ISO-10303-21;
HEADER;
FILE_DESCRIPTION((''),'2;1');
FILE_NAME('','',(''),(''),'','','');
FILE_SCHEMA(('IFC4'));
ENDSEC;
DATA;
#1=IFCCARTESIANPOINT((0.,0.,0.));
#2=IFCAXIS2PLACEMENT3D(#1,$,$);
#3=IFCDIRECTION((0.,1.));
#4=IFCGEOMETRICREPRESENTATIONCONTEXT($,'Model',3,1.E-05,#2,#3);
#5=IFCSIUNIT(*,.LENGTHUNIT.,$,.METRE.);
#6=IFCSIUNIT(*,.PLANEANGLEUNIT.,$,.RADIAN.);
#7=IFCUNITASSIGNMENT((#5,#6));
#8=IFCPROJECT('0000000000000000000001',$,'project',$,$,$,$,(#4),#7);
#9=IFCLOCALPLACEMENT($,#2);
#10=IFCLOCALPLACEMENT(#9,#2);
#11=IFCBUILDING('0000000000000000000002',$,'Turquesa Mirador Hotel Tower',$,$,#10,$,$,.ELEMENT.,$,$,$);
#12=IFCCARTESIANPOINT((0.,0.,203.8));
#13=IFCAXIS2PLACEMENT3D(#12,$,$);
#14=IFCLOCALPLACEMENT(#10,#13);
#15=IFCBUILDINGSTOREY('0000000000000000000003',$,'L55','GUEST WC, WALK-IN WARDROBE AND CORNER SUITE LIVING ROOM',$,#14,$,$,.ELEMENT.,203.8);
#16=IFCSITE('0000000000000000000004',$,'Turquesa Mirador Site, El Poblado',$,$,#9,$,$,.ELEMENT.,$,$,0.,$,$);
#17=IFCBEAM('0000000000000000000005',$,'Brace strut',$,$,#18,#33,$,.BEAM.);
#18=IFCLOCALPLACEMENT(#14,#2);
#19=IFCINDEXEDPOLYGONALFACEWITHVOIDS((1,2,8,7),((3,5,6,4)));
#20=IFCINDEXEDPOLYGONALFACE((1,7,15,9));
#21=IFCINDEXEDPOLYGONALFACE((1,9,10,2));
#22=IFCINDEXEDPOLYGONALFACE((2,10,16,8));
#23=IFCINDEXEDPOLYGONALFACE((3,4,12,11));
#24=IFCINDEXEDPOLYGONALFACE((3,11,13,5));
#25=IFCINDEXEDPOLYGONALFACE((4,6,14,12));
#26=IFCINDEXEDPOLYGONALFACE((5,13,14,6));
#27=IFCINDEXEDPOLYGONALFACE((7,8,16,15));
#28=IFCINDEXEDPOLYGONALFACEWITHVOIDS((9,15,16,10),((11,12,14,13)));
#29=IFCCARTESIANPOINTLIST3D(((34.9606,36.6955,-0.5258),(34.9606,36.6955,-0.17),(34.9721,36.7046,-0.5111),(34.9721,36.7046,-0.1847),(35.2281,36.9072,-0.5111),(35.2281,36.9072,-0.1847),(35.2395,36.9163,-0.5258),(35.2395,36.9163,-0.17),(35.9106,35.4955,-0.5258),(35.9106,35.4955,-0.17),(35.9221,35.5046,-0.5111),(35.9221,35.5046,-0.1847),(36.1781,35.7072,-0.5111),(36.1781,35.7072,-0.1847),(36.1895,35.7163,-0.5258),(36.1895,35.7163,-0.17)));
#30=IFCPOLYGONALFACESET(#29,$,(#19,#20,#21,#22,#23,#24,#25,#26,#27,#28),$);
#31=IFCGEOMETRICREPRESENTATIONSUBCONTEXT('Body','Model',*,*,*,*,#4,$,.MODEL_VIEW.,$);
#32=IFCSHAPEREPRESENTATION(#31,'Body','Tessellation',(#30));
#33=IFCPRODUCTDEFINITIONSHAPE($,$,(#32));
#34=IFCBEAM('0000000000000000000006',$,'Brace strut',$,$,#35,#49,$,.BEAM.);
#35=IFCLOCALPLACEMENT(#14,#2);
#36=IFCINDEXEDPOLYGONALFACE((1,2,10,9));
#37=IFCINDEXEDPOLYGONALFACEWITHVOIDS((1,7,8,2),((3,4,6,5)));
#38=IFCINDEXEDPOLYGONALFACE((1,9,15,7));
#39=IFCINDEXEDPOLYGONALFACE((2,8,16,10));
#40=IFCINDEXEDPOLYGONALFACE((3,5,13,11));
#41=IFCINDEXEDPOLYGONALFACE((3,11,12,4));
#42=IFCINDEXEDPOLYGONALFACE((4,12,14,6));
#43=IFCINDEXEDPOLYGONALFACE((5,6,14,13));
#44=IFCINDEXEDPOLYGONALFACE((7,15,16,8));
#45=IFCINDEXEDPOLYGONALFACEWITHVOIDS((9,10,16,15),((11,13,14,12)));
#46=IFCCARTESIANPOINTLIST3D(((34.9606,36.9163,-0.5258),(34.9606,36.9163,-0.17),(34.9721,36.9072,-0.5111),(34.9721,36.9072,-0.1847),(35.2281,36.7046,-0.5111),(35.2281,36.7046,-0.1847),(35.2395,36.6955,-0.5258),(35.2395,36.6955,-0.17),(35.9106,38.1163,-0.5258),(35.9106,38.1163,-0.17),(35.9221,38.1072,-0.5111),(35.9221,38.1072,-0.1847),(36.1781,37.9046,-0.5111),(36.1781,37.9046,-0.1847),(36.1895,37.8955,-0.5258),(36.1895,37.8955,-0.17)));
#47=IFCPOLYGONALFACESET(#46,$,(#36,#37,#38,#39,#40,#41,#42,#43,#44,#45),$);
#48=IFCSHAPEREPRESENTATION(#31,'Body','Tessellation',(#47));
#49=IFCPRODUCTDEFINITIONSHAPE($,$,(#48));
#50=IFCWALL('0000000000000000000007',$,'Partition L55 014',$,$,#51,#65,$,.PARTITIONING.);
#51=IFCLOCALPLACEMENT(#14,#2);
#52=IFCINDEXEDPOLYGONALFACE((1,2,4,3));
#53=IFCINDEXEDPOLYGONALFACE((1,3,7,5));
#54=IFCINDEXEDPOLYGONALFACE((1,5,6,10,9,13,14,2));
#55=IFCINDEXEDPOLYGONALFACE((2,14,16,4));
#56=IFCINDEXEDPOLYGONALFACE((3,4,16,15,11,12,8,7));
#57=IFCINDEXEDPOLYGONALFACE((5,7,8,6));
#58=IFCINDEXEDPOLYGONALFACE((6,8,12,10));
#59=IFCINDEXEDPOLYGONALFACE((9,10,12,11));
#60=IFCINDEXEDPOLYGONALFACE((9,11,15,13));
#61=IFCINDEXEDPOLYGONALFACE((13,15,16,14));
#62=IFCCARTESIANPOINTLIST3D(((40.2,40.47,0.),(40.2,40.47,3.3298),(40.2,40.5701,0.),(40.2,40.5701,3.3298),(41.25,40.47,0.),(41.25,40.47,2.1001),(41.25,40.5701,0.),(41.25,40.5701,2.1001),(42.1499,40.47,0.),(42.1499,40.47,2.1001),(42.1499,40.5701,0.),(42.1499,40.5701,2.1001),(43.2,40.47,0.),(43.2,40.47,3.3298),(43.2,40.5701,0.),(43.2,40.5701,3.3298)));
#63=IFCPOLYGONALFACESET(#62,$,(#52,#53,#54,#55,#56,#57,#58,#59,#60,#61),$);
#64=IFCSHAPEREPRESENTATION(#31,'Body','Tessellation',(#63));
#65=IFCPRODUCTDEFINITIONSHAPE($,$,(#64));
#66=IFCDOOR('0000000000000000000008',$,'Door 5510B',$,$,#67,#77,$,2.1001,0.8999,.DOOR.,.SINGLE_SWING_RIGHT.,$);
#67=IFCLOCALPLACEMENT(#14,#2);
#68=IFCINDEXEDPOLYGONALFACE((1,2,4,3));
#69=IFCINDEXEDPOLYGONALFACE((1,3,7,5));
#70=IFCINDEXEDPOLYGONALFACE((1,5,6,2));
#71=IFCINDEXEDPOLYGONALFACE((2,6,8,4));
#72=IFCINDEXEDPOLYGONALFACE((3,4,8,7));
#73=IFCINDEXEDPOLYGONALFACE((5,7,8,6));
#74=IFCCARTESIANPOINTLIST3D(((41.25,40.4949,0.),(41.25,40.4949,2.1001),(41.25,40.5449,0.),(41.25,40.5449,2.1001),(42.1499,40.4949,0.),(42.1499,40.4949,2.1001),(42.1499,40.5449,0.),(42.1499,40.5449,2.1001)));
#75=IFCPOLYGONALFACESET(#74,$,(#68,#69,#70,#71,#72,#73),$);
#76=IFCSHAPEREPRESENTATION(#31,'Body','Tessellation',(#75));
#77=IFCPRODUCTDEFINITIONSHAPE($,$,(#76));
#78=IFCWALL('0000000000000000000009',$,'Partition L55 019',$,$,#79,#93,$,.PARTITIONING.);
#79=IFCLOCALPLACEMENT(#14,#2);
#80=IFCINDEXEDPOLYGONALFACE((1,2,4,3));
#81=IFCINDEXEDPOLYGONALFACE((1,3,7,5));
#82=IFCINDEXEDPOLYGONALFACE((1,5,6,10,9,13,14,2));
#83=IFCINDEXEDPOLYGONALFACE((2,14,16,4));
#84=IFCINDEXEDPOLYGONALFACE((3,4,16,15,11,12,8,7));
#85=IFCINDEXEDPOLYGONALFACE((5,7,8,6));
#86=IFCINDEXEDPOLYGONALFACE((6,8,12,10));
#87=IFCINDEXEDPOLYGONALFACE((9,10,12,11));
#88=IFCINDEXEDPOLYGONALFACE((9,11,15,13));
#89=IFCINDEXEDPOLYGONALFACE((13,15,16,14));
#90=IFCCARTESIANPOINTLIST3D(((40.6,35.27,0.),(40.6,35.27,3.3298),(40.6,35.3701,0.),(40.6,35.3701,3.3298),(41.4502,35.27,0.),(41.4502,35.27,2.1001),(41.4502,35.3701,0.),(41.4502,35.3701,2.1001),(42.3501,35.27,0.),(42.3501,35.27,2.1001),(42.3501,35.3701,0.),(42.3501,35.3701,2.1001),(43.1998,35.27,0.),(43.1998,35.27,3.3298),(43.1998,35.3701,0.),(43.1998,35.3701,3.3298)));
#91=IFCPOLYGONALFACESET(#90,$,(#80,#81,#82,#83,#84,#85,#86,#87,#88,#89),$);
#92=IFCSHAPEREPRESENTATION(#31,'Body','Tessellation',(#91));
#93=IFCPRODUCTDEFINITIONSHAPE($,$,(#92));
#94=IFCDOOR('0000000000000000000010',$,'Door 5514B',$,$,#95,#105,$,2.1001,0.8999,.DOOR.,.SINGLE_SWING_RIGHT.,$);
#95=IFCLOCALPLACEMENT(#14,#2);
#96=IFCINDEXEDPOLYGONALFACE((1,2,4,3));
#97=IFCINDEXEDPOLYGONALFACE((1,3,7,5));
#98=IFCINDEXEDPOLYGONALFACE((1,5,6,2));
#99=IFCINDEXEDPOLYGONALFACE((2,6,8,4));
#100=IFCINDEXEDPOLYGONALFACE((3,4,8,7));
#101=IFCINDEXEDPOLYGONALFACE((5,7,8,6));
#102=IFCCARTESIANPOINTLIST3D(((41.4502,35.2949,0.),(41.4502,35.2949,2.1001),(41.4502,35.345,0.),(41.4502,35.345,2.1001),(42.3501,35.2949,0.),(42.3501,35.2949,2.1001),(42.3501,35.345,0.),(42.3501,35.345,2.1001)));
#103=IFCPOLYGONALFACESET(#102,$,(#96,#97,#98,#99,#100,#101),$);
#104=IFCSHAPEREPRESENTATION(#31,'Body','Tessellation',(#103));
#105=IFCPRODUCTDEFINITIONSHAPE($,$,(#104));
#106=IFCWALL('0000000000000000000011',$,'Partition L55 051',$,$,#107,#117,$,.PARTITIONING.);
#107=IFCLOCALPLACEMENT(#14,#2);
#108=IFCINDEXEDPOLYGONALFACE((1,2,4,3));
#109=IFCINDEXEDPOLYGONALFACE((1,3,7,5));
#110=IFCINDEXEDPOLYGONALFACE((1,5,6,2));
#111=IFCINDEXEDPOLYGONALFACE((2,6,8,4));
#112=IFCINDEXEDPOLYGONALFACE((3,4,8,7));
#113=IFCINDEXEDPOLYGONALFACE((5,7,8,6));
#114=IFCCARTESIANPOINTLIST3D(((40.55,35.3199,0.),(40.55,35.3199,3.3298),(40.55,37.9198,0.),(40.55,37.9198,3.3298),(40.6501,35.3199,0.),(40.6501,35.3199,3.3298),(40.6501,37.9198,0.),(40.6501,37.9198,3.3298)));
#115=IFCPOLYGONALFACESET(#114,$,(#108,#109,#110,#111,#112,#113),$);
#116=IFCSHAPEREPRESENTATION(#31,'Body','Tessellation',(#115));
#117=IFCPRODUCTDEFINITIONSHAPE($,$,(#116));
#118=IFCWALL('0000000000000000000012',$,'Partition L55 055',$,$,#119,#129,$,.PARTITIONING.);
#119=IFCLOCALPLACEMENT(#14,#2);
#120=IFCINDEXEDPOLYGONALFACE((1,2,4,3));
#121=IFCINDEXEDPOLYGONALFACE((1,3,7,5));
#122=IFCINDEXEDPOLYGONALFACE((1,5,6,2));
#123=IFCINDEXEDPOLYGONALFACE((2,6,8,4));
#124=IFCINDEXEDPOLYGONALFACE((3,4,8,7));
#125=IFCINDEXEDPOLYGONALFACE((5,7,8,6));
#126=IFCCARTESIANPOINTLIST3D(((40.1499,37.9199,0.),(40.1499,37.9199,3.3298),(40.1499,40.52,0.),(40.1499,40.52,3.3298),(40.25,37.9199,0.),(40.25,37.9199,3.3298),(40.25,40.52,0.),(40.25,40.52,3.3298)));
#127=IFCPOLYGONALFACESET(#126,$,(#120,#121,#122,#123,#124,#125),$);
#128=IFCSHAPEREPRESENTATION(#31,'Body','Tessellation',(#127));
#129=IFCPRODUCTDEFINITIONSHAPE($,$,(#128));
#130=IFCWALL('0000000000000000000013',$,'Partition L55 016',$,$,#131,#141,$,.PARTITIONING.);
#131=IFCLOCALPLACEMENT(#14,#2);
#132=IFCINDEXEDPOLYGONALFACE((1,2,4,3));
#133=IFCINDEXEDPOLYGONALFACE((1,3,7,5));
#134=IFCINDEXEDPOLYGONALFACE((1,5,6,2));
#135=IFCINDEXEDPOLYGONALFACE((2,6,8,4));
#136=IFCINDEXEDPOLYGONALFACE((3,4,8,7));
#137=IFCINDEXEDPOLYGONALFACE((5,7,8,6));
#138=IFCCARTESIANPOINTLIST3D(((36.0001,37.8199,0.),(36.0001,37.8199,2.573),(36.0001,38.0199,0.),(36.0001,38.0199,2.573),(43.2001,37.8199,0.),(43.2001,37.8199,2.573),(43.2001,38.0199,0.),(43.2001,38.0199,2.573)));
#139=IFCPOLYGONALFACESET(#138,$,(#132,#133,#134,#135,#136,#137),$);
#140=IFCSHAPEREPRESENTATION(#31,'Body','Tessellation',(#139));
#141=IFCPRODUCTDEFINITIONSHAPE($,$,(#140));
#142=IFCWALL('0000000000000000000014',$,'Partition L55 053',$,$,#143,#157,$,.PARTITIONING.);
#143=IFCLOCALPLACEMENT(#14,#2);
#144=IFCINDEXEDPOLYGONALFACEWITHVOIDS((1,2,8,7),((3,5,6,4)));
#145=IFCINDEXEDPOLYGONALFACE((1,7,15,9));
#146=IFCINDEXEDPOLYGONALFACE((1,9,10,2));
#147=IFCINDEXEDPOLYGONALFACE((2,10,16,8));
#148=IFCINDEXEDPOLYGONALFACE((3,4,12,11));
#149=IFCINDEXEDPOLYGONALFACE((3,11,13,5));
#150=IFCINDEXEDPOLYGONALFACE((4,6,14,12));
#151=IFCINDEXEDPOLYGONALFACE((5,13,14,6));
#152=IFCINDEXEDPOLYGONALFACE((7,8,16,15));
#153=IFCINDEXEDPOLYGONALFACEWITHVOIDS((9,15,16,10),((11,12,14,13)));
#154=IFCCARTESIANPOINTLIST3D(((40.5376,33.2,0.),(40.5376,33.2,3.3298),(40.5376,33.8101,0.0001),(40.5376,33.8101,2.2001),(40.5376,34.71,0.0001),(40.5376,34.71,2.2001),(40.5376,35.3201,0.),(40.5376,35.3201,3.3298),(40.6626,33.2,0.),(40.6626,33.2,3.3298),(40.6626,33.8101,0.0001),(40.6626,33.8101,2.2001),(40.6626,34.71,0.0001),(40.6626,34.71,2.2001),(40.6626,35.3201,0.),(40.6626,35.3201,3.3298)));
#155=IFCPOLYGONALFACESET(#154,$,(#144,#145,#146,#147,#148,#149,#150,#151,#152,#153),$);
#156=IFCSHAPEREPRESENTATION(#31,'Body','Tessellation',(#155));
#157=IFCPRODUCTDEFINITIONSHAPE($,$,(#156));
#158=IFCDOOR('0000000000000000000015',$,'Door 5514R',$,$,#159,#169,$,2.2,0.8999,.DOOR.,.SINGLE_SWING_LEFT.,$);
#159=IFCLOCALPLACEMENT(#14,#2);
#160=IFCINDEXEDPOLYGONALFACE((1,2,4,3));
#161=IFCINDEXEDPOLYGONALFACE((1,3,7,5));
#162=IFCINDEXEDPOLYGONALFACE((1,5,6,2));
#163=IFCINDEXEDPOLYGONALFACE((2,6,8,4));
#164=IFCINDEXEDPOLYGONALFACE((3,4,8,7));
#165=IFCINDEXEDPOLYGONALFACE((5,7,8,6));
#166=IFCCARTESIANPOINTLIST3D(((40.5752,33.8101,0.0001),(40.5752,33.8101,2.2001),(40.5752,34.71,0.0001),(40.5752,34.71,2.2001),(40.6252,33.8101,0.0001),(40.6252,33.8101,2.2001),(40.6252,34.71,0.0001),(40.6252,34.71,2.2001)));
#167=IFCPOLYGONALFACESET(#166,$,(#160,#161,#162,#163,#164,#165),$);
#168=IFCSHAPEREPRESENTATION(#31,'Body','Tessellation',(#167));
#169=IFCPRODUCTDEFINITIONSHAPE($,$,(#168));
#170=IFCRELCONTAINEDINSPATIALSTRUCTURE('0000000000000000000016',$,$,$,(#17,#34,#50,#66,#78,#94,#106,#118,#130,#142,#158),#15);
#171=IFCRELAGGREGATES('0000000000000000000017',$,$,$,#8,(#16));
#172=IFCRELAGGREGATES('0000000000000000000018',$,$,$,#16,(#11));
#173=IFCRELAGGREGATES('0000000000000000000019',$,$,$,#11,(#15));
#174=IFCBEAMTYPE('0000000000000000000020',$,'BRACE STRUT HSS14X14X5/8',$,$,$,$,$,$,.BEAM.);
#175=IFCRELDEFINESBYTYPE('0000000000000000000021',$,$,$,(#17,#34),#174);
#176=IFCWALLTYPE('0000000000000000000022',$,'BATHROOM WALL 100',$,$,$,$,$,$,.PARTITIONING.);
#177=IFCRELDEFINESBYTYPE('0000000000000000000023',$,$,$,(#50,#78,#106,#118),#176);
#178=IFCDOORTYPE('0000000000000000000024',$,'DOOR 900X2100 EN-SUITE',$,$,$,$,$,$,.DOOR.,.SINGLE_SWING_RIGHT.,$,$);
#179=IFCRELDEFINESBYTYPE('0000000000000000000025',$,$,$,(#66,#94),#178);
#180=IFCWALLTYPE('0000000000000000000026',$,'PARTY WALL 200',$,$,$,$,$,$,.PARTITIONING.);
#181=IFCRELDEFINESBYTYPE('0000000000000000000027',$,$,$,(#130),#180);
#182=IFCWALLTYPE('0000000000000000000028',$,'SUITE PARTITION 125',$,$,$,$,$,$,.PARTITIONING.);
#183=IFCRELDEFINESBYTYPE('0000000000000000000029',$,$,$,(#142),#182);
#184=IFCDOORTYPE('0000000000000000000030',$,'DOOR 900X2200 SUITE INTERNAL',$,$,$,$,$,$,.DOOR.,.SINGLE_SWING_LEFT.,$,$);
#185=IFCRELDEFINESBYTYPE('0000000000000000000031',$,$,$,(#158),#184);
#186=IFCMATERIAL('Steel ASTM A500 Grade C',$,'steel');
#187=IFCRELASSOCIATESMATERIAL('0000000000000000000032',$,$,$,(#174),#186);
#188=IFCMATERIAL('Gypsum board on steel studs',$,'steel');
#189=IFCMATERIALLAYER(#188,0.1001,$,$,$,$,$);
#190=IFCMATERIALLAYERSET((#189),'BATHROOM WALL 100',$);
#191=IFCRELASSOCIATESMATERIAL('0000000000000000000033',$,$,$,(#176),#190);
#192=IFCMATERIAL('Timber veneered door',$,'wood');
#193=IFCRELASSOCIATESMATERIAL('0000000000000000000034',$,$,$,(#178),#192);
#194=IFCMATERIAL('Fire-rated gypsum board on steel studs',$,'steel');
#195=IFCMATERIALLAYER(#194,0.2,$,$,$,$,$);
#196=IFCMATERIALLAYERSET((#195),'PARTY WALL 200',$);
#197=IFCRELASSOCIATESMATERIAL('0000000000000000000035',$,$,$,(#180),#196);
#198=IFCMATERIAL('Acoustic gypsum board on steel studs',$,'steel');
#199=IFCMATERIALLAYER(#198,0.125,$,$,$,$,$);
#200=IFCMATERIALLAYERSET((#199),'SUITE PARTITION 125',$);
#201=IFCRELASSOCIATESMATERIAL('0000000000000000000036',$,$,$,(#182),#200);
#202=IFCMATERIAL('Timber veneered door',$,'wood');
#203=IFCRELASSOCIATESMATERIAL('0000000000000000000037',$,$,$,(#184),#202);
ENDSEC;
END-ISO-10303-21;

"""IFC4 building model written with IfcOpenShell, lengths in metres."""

from ifc_helpers import new_model, si_unit, direction, frame, frame_2d, origin, origin_2d, place, context, subcontext, project, spatial, rectangle, hollow_rectangle, extrude, material, layer, layer_set, material_profile, profile_set, type_object, element, fill, save


model = new_model("IFC4")

# Units and contexts
model_context = context("Model", 3, precision=1e-05, world=origin(), true_north=direction((0.0, 1.0)))
body_context = subcontext(model_context, "Body", "Model", "MODEL_VIEW")
ifc_project = project(units=[si_unit("LENGTHUNIT", "METRE"), si_unit("PLANEANGLEUNIT", "RADIAN")], contexts=[model_context])

# Site, building, storey
site_placement = place(None, origin())
site = spatial("IfcSite", under=ifc_project, at=site_placement, Name="Turquesa Mirador Site, El Poblado", CompositionType="ELEMENT", RefElevation=0.0)
building_placement = place(site_placement, origin())
building = spatial("IfcBuilding", under=site, at=building_placement, Name="Turquesa Mirador Hotel Tower", CompositionType="ELEMENT")
storey_placement = place(building_placement, frame((0.0, 0.0, 203.8)))
storey = spatial("IfcBuildingStorey", under=building, at=storey_placement, Name="L55", Description="GUEST WC, WALK-IN WARDROBE AND CORNER SUITE LIVING ROOM", CompositionType="ELEMENT", Elevation=203.8)

# Beams
ifc_material_1 = material(Name="Steel ASTM A500 Grade C", Category="steel")
ifc_material_profile_1 = material_profile(ifc_material_1, hollow_rectangle(XDim=0.3557, YDim=0.3557, WallThickness=0.0146, at=origin_2d()), Name="HSS14X14X5/8")
ifc_profile_set_1 = profile_set([ifc_material_profile_1], Name="Steel ASTM A500 Grade C")
beam_type_1 = type_object("IfcBeamType", Name="BRACE STRUT HSS14X14X5/8", PredefinedType="BEAM", material=ifc_profile_set_1)
for number, where, z_axis, x_axis, name in (
    (1, (35.1001, 36.8059, -0.3479), (0.620699, -0.784049, 0.0), (0.784049, 0.620699, 0.0), "Brace strut"),
    (2, (35.1001, 36.8059, -0.3479), (0.620699, 0.784049, 0.0), (-0.784049, 0.620699, 0.0), "Brace strut"),
):
    element("IfcBeam", number, at=place(storey_placement, frame(where, z_axis=z_axis, x_axis=x_axis)), inside=storey, type_object=beam_type_1, Name=name, PredefinedType="BEAM", context=body_context, shape_type="SweptSolid", body=[
        extrude(hollow_rectangle(XDim=0.3557, YDim=0.3557, WallThickness=0.0146, at=origin_2d()), origin(), (0.0, 0.0, 1.0), 1.5305),
    ])

# Walls, openings, doors
ifc_material_2 = material(Name="Gypsum board on steel studs", Category="steel")
ifc_layer_1 = layer(ifc_material_2, 0.1001)
ifc_layer_set_1 = layer_set([ifc_layer_1], Name="BATHROOM WALL 100")
wall_type_1 = type_object("IfcWallType", Name="BATHROOM WALL 100", PredefinedType="PARTITIONING", material=ifc_layer_set_1)
wall_1_placement = place(storey_placement, frame((40.2, 40.52, 0.0), z_axis=(0.0, 0.0, 1.0), x_axis=(1.0, 0.0, 0.0)))
wall_1 = element("IfcWall", 3, at=wall_1_placement, inside=storey, type_object=wall_type_1, Name="Partition L55 014", PredefinedType="PARTITIONING", context=body_context, shape_type="SweptSolid", body=[
    extrude(rectangle(XDim=3.0, YDim=0.1001, at=frame_2d((1.5, 0.0))), origin(), (0.0, 0.0, 1.0), 3.3298),
])
opening_1_placement = place(wall_1_placement, frame((1.05, 0.0, 0.0)))
opening_1 = element("IfcOpeningElement", 4, at=opening_1_placement, cuts=wall_1, PredefinedType="OPENING", context=body_context, shape_type="SweptSolid", body=[
    extrude(rectangle(XDim=0.8999, YDim=2.1001, at=frame_2d((0.45, 1.05))), frame((0.0, 0.0601, 0.0), z_axis=(0.0, -1.0, 0.0), x_axis=(1.0, 0.0, 0.0)), (0.0, 0.0, 1.0), 0.1201),
])
ifc_material_3 = material(Name="Timber veneered door", Category="wood")
door_type_1 = type_object("IfcDoorType", Name="DOOR 900X2100 EN-SUITE", OperationType="SINGLE_SWING_RIGHT", PredefinedType="DOOR", material=ifc_material_3)
door_1_placement = place(opening_1_placement, origin())
door_1 = element("IfcDoor", 5, at=door_1_placement, inside=storey, type_object=door_type_1, Name="Door 5510B", OperationType="SINGLE_SWING_RIGHT", OverallHeight=2.1001, OverallWidth=0.8999, PredefinedType="DOOR", context=body_context, shape_type="SweptSolid", body=[
    extrude(rectangle(XDim=0.8999, YDim=2.1001, at=frame_2d((0.45, 1.05))), frame((0.0, 0.0249, 0.0), z_axis=(0.0, -1.0, 0.0), x_axis=(1.0, 0.0, 0.0)), (0.0, 0.0, 1.0), 0.05),
])
fill(opening_1, door_1)
wall_2_placement = place(storey_placement, frame((40.6001, 35.3201, 0.0), z_axis=(0.0, 0.0, 1.0), x_axis=(1.0, 0.0, 0.0)))
wall_2 = element("IfcWall", 6, at=wall_2_placement, inside=storey, type_object=wall_type_1, Name="Partition L55 019", PredefinedType="PARTITIONING", context=body_context, shape_type="SweptSolid", body=[
    extrude(rectangle(XDim=2.5999, YDim=0.1001, at=frame_2d((1.2998, 0.0))), origin(), (0.0, 0.0, 1.0), 3.3298),
])
opening_2_placement = place(wall_2_placement, frame((0.8501, 0.0, 0.0)))
opening_2 = element("IfcOpeningElement", 7, at=opening_2_placement, cuts=wall_2, PredefinedType="OPENING", context=body_context, shape_type="SweptSolid", body=[
    extrude(rectangle(XDim=0.8999, YDim=2.1001, at=frame_2d((0.45, 1.05))), frame((0.0, 0.0601, 0.0), z_axis=(0.0, -1.0, 0.0), x_axis=(1.0, 0.0, 0.0)), (0.0, 0.0, 1.0), 0.1201),
])
door_2_placement = place(opening_2_placement, origin())
door_2 = element("IfcDoor", 8, at=door_2_placement, inside=storey, type_object=door_type_1, Name="Door 5514B", OperationType="SINGLE_SWING_RIGHT", OverallHeight=2.1001, OverallWidth=0.8999, PredefinedType="DOOR", context=body_context, shape_type="SweptSolid", body=[
    extrude(rectangle(XDim=0.8999, YDim=2.1001, at=frame_2d((0.45, 1.05))), frame((0.0, 0.0249, 0.0), z_axis=(0.0, -1.0, 0.0), x_axis=(1.0, 0.0, 0.0)), (0.0, 0.0, 1.0), 0.05),
])
fill(opening_2, door_2)

# Walls
wall_3_placement = place(storey_placement, frame((40.6001, 35.3201, 0.0), z_axis=(0.0, 0.0, 1.0), x_axis=(0.0, 1.0, 0.0)))
element("IfcWall", 9, at=wall_3_placement, inside=storey, type_object=wall_type_1, Name="Partition L55 051", PredefinedType="PARTITIONING", context=body_context, shape_type="SweptSolid", body=[
    extrude(rectangle(XDim=2.5999, YDim=0.1001, at=frame_2d((1.2998, 0.0))), origin(), (0.0, 0.0, 1.0), 3.3298),
])
wall_4_placement = place(storey_placement, frame((40.2, 37.9199, 0.0), z_axis=(0.0, 0.0, 1.0), x_axis=(0.0, 1.0, 0.0)))
element("IfcWall", 10, at=wall_4_placement, inside=storey, type_object=wall_type_1, Name="Partition L55 055", PredefinedType="PARTITIONING", context=body_context, shape_type="SweptSolid", body=[
    extrude(rectangle(XDim=2.6001, YDim=0.1001, at=frame_2d((1.3, 0.0))), origin(), (0.0, 0.0, 1.0), 3.3298),
])
ifc_material_4 = material(Name="Fire-rated gypsum board on steel studs", Category="steel")
ifc_layer_2 = layer(ifc_material_4, 0.2)
ifc_layer_set_2 = layer_set([ifc_layer_2], Name="PARTY WALL 200")
wall_type_2 = type_object("IfcWallType", Name="PARTY WALL 200", PredefinedType="PARTITIONING", material=ifc_layer_set_2)
wall_5_placement = place(storey_placement, frame((36.0, 37.9199, 0.0), z_axis=(0.0, 0.0, 1.0), x_axis=(1.0, 0.0, 0.0)))
element("IfcWall", 11, at=wall_5_placement, inside=storey, type_object=wall_type_2, Name="Partition L55 016", PredefinedType="PARTITIONING", context=body_context, shape_type="SweptSolid", body=[
    extrude(rectangle(XDim=7.2, YDim=0.2, at=frame_2d((3.6001, 0.0))), origin(), (0.0, 0.0, 1.0), 2.573),
])

# Wall, opening, door
ifc_material_5 = material(Name="Acoustic gypsum board on steel studs", Category="steel")
ifc_layer_3 = layer(ifc_material_5, 0.125)
ifc_layer_set_3 = layer_set([ifc_layer_3], Name="SUITE PARTITION 125")
wall_type_3 = type_object("IfcWallType", Name="SUITE PARTITION 125", PredefinedType="PARTITIONING", material=ifc_layer_set_3)
wall_6_placement = place(storey_placement, frame((40.6001, 33.2, 0.0), z_axis=(0.0, 0.0, 1.0), x_axis=(0.0, 1.0, 0.0)))
wall_6 = element("IfcWall", 12, at=wall_6_placement, inside=storey, type_object=wall_type_3, Name="Partition L55 053", PredefinedType="PARTITIONING", context=body_context, shape_type="SweptSolid", body=[
    extrude(rectangle(XDim=2.1201, YDim=0.125, at=frame_2d((1.0601, 0.0))), origin(), (0.0, 0.0, 1.0), 3.3298),
])
opening_3_placement = place(wall_6_placement, frame((0.6101, 0.0, 0.0)))
opening_3 = element("IfcOpeningElement", 13, at=opening_3_placement, cuts=wall_6, PredefinedType="OPENING", context=body_context, shape_type="SweptSolid", body=[
    extrude(rectangle(XDim=0.8999, YDim=2.2, at=frame_2d((0.45, 1.1001))), frame((0.0, 0.0725, 0.0), z_axis=(0.0, -1.0, 0.0), x_axis=(1.0, 0.0, 0.0)), (0.0, 0.0, 1.0), 0.145),
])
ifc_material_6 = material(Name="Timber veneered door", Category="wood")
door_type_2 = type_object("IfcDoorType", Name="DOOR 900X2200 SUITE INTERNAL", OperationType="SINGLE_SWING_LEFT", PredefinedType="DOOR", material=ifc_material_6)
door_3_placement = place(opening_3_placement, origin())
door_3 = element("IfcDoor", 14, at=door_3_placement, inside=storey, type_object=door_type_2, Name="Door 5514R", OperationType="SINGLE_SWING_LEFT", OverallHeight=2.2, OverallWidth=0.8999, PredefinedType="DOOR", context=body_context, shape_type="SweptSolid", body=[
    extrude(rectangle(XDim=0.8999, YDim=2.2, at=frame_2d((0.45, 1.1001))), frame((0.0, 0.0249, 0.0), z_axis=(0.0, -1.0, 0.0), x_axis=(1.0, 0.0, 0.0)), (0.0, 0.0, 1.0), 0.05),
])
fill(opening_3, door_3)

save(model, "model.ifc")
